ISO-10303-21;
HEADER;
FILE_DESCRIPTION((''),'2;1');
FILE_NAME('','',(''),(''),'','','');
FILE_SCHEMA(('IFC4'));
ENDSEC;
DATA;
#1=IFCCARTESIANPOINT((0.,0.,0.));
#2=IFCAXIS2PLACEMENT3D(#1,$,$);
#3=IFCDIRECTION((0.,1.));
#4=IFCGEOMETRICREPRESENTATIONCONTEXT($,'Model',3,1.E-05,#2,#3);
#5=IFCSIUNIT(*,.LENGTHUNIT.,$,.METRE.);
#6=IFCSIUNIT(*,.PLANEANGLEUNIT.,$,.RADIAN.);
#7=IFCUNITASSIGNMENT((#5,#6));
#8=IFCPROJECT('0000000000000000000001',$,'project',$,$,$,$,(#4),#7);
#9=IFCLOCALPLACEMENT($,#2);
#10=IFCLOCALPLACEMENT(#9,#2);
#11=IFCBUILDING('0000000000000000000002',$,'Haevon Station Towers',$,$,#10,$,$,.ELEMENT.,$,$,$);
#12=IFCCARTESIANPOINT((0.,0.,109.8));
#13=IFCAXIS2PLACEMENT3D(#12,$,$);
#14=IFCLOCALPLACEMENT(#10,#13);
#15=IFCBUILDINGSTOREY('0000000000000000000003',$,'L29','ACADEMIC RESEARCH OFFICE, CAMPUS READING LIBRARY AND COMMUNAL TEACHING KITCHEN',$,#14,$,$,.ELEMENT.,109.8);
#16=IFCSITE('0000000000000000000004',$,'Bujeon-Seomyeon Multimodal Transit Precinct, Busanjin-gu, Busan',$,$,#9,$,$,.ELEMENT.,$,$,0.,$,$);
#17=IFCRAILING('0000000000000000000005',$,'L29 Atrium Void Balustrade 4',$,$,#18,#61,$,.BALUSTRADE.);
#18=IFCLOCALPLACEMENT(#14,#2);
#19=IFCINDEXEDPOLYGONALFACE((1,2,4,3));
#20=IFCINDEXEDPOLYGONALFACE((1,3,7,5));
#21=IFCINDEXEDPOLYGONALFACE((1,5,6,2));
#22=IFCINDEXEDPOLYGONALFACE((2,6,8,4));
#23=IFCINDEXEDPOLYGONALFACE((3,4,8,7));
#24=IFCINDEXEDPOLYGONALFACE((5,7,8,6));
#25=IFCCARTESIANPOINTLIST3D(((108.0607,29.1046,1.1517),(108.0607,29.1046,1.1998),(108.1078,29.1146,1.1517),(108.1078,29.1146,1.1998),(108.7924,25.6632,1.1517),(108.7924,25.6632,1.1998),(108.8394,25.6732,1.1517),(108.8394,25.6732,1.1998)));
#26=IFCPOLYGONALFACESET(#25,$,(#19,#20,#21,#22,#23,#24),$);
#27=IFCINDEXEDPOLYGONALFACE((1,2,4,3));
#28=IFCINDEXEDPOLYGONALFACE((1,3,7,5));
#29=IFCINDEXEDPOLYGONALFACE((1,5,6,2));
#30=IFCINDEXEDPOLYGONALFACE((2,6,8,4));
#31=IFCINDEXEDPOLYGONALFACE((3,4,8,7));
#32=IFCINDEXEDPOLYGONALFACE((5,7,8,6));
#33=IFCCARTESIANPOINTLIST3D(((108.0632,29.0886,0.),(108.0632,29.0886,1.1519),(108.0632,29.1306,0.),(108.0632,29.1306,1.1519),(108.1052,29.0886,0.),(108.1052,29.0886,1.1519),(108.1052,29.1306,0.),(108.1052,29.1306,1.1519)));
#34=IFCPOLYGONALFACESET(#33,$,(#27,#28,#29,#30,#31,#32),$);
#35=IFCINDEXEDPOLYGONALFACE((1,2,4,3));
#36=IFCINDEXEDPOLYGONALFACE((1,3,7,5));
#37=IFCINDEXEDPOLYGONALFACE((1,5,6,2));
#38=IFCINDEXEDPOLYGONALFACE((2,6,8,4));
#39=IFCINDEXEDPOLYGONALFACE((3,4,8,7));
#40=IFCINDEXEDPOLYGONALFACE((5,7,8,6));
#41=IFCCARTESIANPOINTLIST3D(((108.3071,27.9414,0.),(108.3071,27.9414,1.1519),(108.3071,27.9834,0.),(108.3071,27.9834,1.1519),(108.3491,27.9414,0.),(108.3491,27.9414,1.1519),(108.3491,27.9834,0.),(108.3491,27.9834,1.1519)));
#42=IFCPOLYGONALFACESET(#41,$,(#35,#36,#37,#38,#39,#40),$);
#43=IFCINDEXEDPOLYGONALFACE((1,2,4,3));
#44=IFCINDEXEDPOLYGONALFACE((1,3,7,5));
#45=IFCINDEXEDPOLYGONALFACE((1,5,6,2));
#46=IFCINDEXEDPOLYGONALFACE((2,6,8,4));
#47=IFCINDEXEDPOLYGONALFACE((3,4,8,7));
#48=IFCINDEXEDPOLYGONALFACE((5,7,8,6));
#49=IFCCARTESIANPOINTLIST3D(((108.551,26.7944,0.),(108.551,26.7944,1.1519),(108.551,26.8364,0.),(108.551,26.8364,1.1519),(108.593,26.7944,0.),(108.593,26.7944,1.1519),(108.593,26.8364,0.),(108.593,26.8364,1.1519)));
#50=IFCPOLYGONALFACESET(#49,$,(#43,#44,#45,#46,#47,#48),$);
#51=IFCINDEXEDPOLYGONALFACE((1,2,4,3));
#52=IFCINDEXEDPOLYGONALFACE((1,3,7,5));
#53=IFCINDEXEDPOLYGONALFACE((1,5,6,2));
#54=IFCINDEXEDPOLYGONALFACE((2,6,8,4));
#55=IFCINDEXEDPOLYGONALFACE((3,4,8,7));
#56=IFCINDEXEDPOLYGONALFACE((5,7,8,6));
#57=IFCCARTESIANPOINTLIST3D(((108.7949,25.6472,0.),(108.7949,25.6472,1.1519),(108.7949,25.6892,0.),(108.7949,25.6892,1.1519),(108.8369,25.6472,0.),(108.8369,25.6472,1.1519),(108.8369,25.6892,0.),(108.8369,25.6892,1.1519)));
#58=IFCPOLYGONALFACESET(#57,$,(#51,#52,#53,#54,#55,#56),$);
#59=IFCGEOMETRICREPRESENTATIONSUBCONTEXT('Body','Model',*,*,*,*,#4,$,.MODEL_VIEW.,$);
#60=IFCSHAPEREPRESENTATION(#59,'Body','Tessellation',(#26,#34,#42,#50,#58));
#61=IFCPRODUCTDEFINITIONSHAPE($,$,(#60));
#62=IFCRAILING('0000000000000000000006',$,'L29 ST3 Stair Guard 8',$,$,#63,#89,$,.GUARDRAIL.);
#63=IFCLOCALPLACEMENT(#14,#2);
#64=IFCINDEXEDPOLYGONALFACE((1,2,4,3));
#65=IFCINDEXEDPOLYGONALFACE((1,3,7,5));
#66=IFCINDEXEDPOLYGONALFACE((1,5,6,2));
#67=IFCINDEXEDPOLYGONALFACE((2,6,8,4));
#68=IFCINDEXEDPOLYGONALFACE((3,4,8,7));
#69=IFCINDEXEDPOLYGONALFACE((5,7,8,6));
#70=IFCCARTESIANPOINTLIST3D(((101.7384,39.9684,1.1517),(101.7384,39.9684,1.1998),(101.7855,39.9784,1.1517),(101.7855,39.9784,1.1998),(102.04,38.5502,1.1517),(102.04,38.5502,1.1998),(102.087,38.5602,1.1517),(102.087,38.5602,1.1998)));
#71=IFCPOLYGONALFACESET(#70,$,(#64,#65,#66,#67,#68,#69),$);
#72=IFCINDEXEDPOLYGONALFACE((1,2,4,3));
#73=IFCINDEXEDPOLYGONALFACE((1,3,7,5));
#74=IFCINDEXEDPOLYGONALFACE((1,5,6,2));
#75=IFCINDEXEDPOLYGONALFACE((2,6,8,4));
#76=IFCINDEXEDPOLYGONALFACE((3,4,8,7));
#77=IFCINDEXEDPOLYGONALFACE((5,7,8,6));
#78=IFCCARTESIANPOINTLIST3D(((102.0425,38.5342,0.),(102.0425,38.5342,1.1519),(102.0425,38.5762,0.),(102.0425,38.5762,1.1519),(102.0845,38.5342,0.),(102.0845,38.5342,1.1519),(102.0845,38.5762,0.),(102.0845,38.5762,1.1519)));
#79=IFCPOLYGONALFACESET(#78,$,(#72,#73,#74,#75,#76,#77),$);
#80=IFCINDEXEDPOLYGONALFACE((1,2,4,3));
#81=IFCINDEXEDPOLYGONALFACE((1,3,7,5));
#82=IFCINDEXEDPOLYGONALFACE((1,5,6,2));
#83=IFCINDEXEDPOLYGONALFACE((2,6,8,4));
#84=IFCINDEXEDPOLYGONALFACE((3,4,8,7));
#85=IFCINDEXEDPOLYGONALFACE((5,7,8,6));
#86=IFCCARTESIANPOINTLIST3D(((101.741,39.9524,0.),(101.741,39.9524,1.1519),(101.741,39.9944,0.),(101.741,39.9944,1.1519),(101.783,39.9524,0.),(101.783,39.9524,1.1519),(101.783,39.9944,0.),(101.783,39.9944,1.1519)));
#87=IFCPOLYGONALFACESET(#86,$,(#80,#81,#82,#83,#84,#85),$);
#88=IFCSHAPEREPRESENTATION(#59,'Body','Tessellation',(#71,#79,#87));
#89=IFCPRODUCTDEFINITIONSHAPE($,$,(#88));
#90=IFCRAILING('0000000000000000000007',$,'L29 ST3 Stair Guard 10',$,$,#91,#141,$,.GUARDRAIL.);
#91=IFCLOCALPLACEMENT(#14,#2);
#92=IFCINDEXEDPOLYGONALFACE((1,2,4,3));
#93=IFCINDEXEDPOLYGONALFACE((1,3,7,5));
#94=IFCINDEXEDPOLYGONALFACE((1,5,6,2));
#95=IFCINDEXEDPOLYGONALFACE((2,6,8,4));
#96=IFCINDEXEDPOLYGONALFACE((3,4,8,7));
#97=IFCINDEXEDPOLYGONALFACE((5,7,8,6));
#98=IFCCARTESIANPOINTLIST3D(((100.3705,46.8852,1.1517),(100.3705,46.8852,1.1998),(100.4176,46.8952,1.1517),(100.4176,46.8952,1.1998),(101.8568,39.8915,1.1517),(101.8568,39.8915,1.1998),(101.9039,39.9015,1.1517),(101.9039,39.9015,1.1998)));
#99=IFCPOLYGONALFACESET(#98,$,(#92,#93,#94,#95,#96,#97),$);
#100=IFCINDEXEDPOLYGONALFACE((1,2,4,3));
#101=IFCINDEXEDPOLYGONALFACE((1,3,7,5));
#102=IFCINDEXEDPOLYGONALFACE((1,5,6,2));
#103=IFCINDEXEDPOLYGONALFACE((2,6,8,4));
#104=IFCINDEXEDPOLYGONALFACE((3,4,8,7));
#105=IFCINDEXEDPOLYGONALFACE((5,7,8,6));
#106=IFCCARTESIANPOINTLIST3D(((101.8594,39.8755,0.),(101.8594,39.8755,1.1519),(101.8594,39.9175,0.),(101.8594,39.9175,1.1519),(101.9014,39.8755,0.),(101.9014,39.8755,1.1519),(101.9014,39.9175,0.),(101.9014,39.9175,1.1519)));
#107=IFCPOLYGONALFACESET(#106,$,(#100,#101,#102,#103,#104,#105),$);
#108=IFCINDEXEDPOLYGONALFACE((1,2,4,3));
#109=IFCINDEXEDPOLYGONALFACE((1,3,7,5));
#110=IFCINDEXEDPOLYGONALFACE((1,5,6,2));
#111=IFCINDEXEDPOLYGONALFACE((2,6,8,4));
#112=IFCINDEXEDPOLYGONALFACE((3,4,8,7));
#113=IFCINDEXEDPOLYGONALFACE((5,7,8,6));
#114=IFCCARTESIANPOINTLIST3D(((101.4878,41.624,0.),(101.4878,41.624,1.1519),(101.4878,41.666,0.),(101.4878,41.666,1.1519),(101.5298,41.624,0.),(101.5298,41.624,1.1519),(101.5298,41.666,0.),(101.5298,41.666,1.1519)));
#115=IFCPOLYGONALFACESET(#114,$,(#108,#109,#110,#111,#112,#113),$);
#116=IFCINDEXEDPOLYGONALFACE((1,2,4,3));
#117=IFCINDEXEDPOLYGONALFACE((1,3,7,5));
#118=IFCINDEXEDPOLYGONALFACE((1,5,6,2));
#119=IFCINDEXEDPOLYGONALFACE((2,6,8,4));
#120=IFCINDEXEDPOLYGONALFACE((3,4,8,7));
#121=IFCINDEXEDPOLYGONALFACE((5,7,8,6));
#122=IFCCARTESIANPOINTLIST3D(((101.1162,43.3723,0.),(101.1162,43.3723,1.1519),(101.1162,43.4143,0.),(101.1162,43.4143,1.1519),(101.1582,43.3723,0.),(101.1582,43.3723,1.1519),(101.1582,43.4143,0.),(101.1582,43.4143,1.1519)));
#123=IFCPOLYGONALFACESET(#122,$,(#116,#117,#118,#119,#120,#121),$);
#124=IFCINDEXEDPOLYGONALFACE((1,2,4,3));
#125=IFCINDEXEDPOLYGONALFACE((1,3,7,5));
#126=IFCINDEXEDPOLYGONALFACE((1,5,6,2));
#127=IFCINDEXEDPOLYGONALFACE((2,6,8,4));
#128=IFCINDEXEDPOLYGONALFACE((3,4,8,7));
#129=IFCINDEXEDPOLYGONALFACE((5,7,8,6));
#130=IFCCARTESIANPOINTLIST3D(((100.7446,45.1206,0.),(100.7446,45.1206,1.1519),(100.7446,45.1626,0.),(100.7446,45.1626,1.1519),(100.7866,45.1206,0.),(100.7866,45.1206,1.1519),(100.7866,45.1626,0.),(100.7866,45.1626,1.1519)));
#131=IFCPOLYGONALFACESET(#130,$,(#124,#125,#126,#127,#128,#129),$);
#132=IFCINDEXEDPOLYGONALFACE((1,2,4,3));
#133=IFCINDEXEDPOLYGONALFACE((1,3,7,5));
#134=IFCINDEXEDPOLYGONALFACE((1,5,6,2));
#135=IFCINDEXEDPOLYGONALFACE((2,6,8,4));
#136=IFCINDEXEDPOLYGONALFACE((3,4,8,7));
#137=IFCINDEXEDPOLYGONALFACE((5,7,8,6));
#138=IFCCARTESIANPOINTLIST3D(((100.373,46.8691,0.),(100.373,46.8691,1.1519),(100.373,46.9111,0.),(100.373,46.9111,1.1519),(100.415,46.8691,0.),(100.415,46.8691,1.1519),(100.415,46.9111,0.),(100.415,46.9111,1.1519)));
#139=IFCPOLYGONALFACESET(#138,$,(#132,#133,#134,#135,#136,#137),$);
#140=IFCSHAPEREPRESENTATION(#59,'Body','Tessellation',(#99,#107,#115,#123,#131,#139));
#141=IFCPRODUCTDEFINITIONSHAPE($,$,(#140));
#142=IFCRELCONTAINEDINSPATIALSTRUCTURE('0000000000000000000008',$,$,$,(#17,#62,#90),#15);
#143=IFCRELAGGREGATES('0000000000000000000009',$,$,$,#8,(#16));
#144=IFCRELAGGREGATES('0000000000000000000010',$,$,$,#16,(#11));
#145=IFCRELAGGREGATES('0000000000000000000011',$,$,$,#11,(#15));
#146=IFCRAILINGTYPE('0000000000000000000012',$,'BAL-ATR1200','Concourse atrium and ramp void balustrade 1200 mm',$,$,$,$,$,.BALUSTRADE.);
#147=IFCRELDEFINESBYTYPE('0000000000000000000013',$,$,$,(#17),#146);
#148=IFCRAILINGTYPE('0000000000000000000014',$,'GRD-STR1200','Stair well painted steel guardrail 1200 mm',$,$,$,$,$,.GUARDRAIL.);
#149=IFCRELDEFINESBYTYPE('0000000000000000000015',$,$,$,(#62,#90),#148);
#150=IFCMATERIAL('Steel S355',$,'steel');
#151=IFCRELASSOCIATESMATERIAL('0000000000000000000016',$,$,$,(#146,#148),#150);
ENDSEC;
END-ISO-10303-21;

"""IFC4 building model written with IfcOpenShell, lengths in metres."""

from ifc_helpers import new_model, si_unit, direction, frame, origin, origin_2d, place, context, subcontext, project, spatial, rectangle, extrude, material, type_object, element, save


model = new_model("IFC4")

# Units and contexts
model_context = context("Model", 3, precision=1e-05, world=origin(), true_north=direction((0.0, 1.0)))
body_context = subcontext(model_context, "Body", "Model", "MODEL_VIEW")
ifc_project = project(units=[si_unit("LENGTHUNIT", "METRE"), si_unit("PLANEANGLEUNIT", "RADIAN")], contexts=[model_context])

# Site, building, storey
site_placement = place(None, origin())
site = spatial("IfcSite", under=ifc_project, at=site_placement, Name="Bujeon-Seomyeon Multimodal Transit Precinct, Busanjin-gu, Busan", CompositionType="ELEMENT", RefElevation=0.0)
building_placement = place(site_placement, origin())
building = spatial("IfcBuilding", under=site, at=building_placement, Name="Haevon Station Towers", CompositionType="ELEMENT")
storey_placement = place(building_placement, frame((0.0, 0.0, 109.8)))
storey = spatial("IfcBuildingStorey", under=building, at=storey_placement, Name="L29", Description="ACADEMIC RESEARCH OFFICE, CAMPUS READING LIBRARY AND COMMUNAL TEACHING KITCHEN", CompositionType="ELEMENT", Elevation=109.8)

# Shared definitions
ifc_material_1 = material(Name="Steel S355", Category="steel")

# Railings
railing_type_1 = type_object("IfcRailingType", Name="BAL-ATR1200", Description="Concourse atrium and ramp void balustrade 1200 mm", PredefinedType="BALUSTRADE", material=ifc_material_1)
railing_1_placement = place(storey_placement, frame((108.0842, 29.1096, 0.0)))
element("IfcRailing", 1, at=railing_1_placement, inside=storey, type_object=railing_type_1, Name="L29 Atrium Void Balustrade 4", PredefinedType="BALUSTRADE", context=body_context, shape_type="SweptSolid", body=[
    extrude(rectangle(XDim=0.0481, YDim=0.0481, at=origin_2d()), frame((0.0, 0.0, 1.1758), z_axis=(0.207965, -0.978136, 0.0), x_axis=(0.978136, 0.207965, 0.0)), (0.0, 0.0, 1.0), 3.5183),
    extrude(rectangle(XDim=0.042, YDim=0.042, at=origin_2d()), origin(), (0.0, 0.0, 1.0), 1.1519),
    extrude(rectangle(XDim=0.042, YDim=0.042, at=origin_2d()), frame((0.2439, -1.1472, 0.0)), (0.0, 0.0, 1.0), 1.1519),
    extrude(rectangle(XDim=0.042, YDim=0.042, at=origin_2d()), frame((0.4878, -2.2942, 0.0)), (0.0, 0.0, 1.0), 1.1519),
    extrude(rectangle(XDim=0.042, YDim=0.042, at=origin_2d()), frame((0.7317, -3.4414, 0.0)), (0.0, 0.0, 1.0), 1.1519),
])
railing_type_2 = type_object("IfcRailingType", Name="GRD-STR1200", Description="Stair well painted steel guardrail 1200 mm", PredefinedType="GUARDRAIL", material=ifc_material_1)
railing_2_placement = place(storey_placement, frame((102.0635, 38.5552, 0.0)))
element("IfcRailing", 2, at=railing_2_placement, inside=storey, type_object=railing_type_2, Name="L29 ST3 Stair Guard 8", PredefinedType="GUARDRAIL", context=body_context, shape_type="SweptSolid", body=[
    extrude(rectangle(XDim=0.0481, YDim=0.0481, at=origin_2d()), frame((0.0, 0.0, 1.1758), z_axis=(-0.207953, 0.978139, 0.0), x_axis=(-0.978139, -0.207953, 0.0)), (0.0, 0.0, 1.0), 1.45),
    extrude(rectangle(XDim=0.042, YDim=0.042, at=origin_2d()), origin(), (0.0, 0.0, 1.0), 1.1519),
    extrude(rectangle(XDim=0.042, YDim=0.042, at=origin_2d()), frame((-0.3015, 1.4182, 0.0)), (0.0, 0.0, 1.0), 1.1519),
])
railing_3_placement = place(storey_placement, frame((101.8804, 39.8965, 0.0)))
element("IfcRailing", 3, at=railing_3_placement, inside=storey, type_object=railing_type_2, Name="L29 ST3 Stair Guard 10", PredefinedType="GUARDRAIL", context=body_context, shape_type="SweptSolid", body=[
    extrude(rectangle(XDim=0.0481, YDim=0.0481, at=origin_2d()), frame((0.0, 0.0, 1.1758), z_axis=(-0.207882, 0.978154, 0.0), x_axis=(-0.978154, -0.207882, 0.0)), (0.0, 0.0, 1.0), 7.1499),
    extrude(rectangle(XDim=0.042, YDim=0.042, at=origin_2d()), origin(), (0.0, 0.0, 1.0), 1.1519),
    extrude(rectangle(XDim=0.042, YDim=0.042, at=origin_2d()), frame((-0.3716, 1.7485, 0.0)), (0.0, 0.0, 1.0), 1.1519),
    extrude(rectangle(XDim=0.042, YDim=0.042, at=origin_2d()), frame((-0.7432, 3.4968, 0.0)), (0.0, 0.0, 1.0), 1.1519),
    extrude(rectangle(XDim=0.042, YDim=0.042, at=origin_2d()), frame((-1.1147, 5.2451, 0.0)), (0.0, 0.0, 1.0), 1.1519),
    extrude(rectangle(XDim=0.042, YDim=0.042, at=origin_2d()), frame((-1.4863, 6.9937, 0.0)), (0.0, 0.0, 1.0), 1.1519),
])

save(model, "model.ifc")
